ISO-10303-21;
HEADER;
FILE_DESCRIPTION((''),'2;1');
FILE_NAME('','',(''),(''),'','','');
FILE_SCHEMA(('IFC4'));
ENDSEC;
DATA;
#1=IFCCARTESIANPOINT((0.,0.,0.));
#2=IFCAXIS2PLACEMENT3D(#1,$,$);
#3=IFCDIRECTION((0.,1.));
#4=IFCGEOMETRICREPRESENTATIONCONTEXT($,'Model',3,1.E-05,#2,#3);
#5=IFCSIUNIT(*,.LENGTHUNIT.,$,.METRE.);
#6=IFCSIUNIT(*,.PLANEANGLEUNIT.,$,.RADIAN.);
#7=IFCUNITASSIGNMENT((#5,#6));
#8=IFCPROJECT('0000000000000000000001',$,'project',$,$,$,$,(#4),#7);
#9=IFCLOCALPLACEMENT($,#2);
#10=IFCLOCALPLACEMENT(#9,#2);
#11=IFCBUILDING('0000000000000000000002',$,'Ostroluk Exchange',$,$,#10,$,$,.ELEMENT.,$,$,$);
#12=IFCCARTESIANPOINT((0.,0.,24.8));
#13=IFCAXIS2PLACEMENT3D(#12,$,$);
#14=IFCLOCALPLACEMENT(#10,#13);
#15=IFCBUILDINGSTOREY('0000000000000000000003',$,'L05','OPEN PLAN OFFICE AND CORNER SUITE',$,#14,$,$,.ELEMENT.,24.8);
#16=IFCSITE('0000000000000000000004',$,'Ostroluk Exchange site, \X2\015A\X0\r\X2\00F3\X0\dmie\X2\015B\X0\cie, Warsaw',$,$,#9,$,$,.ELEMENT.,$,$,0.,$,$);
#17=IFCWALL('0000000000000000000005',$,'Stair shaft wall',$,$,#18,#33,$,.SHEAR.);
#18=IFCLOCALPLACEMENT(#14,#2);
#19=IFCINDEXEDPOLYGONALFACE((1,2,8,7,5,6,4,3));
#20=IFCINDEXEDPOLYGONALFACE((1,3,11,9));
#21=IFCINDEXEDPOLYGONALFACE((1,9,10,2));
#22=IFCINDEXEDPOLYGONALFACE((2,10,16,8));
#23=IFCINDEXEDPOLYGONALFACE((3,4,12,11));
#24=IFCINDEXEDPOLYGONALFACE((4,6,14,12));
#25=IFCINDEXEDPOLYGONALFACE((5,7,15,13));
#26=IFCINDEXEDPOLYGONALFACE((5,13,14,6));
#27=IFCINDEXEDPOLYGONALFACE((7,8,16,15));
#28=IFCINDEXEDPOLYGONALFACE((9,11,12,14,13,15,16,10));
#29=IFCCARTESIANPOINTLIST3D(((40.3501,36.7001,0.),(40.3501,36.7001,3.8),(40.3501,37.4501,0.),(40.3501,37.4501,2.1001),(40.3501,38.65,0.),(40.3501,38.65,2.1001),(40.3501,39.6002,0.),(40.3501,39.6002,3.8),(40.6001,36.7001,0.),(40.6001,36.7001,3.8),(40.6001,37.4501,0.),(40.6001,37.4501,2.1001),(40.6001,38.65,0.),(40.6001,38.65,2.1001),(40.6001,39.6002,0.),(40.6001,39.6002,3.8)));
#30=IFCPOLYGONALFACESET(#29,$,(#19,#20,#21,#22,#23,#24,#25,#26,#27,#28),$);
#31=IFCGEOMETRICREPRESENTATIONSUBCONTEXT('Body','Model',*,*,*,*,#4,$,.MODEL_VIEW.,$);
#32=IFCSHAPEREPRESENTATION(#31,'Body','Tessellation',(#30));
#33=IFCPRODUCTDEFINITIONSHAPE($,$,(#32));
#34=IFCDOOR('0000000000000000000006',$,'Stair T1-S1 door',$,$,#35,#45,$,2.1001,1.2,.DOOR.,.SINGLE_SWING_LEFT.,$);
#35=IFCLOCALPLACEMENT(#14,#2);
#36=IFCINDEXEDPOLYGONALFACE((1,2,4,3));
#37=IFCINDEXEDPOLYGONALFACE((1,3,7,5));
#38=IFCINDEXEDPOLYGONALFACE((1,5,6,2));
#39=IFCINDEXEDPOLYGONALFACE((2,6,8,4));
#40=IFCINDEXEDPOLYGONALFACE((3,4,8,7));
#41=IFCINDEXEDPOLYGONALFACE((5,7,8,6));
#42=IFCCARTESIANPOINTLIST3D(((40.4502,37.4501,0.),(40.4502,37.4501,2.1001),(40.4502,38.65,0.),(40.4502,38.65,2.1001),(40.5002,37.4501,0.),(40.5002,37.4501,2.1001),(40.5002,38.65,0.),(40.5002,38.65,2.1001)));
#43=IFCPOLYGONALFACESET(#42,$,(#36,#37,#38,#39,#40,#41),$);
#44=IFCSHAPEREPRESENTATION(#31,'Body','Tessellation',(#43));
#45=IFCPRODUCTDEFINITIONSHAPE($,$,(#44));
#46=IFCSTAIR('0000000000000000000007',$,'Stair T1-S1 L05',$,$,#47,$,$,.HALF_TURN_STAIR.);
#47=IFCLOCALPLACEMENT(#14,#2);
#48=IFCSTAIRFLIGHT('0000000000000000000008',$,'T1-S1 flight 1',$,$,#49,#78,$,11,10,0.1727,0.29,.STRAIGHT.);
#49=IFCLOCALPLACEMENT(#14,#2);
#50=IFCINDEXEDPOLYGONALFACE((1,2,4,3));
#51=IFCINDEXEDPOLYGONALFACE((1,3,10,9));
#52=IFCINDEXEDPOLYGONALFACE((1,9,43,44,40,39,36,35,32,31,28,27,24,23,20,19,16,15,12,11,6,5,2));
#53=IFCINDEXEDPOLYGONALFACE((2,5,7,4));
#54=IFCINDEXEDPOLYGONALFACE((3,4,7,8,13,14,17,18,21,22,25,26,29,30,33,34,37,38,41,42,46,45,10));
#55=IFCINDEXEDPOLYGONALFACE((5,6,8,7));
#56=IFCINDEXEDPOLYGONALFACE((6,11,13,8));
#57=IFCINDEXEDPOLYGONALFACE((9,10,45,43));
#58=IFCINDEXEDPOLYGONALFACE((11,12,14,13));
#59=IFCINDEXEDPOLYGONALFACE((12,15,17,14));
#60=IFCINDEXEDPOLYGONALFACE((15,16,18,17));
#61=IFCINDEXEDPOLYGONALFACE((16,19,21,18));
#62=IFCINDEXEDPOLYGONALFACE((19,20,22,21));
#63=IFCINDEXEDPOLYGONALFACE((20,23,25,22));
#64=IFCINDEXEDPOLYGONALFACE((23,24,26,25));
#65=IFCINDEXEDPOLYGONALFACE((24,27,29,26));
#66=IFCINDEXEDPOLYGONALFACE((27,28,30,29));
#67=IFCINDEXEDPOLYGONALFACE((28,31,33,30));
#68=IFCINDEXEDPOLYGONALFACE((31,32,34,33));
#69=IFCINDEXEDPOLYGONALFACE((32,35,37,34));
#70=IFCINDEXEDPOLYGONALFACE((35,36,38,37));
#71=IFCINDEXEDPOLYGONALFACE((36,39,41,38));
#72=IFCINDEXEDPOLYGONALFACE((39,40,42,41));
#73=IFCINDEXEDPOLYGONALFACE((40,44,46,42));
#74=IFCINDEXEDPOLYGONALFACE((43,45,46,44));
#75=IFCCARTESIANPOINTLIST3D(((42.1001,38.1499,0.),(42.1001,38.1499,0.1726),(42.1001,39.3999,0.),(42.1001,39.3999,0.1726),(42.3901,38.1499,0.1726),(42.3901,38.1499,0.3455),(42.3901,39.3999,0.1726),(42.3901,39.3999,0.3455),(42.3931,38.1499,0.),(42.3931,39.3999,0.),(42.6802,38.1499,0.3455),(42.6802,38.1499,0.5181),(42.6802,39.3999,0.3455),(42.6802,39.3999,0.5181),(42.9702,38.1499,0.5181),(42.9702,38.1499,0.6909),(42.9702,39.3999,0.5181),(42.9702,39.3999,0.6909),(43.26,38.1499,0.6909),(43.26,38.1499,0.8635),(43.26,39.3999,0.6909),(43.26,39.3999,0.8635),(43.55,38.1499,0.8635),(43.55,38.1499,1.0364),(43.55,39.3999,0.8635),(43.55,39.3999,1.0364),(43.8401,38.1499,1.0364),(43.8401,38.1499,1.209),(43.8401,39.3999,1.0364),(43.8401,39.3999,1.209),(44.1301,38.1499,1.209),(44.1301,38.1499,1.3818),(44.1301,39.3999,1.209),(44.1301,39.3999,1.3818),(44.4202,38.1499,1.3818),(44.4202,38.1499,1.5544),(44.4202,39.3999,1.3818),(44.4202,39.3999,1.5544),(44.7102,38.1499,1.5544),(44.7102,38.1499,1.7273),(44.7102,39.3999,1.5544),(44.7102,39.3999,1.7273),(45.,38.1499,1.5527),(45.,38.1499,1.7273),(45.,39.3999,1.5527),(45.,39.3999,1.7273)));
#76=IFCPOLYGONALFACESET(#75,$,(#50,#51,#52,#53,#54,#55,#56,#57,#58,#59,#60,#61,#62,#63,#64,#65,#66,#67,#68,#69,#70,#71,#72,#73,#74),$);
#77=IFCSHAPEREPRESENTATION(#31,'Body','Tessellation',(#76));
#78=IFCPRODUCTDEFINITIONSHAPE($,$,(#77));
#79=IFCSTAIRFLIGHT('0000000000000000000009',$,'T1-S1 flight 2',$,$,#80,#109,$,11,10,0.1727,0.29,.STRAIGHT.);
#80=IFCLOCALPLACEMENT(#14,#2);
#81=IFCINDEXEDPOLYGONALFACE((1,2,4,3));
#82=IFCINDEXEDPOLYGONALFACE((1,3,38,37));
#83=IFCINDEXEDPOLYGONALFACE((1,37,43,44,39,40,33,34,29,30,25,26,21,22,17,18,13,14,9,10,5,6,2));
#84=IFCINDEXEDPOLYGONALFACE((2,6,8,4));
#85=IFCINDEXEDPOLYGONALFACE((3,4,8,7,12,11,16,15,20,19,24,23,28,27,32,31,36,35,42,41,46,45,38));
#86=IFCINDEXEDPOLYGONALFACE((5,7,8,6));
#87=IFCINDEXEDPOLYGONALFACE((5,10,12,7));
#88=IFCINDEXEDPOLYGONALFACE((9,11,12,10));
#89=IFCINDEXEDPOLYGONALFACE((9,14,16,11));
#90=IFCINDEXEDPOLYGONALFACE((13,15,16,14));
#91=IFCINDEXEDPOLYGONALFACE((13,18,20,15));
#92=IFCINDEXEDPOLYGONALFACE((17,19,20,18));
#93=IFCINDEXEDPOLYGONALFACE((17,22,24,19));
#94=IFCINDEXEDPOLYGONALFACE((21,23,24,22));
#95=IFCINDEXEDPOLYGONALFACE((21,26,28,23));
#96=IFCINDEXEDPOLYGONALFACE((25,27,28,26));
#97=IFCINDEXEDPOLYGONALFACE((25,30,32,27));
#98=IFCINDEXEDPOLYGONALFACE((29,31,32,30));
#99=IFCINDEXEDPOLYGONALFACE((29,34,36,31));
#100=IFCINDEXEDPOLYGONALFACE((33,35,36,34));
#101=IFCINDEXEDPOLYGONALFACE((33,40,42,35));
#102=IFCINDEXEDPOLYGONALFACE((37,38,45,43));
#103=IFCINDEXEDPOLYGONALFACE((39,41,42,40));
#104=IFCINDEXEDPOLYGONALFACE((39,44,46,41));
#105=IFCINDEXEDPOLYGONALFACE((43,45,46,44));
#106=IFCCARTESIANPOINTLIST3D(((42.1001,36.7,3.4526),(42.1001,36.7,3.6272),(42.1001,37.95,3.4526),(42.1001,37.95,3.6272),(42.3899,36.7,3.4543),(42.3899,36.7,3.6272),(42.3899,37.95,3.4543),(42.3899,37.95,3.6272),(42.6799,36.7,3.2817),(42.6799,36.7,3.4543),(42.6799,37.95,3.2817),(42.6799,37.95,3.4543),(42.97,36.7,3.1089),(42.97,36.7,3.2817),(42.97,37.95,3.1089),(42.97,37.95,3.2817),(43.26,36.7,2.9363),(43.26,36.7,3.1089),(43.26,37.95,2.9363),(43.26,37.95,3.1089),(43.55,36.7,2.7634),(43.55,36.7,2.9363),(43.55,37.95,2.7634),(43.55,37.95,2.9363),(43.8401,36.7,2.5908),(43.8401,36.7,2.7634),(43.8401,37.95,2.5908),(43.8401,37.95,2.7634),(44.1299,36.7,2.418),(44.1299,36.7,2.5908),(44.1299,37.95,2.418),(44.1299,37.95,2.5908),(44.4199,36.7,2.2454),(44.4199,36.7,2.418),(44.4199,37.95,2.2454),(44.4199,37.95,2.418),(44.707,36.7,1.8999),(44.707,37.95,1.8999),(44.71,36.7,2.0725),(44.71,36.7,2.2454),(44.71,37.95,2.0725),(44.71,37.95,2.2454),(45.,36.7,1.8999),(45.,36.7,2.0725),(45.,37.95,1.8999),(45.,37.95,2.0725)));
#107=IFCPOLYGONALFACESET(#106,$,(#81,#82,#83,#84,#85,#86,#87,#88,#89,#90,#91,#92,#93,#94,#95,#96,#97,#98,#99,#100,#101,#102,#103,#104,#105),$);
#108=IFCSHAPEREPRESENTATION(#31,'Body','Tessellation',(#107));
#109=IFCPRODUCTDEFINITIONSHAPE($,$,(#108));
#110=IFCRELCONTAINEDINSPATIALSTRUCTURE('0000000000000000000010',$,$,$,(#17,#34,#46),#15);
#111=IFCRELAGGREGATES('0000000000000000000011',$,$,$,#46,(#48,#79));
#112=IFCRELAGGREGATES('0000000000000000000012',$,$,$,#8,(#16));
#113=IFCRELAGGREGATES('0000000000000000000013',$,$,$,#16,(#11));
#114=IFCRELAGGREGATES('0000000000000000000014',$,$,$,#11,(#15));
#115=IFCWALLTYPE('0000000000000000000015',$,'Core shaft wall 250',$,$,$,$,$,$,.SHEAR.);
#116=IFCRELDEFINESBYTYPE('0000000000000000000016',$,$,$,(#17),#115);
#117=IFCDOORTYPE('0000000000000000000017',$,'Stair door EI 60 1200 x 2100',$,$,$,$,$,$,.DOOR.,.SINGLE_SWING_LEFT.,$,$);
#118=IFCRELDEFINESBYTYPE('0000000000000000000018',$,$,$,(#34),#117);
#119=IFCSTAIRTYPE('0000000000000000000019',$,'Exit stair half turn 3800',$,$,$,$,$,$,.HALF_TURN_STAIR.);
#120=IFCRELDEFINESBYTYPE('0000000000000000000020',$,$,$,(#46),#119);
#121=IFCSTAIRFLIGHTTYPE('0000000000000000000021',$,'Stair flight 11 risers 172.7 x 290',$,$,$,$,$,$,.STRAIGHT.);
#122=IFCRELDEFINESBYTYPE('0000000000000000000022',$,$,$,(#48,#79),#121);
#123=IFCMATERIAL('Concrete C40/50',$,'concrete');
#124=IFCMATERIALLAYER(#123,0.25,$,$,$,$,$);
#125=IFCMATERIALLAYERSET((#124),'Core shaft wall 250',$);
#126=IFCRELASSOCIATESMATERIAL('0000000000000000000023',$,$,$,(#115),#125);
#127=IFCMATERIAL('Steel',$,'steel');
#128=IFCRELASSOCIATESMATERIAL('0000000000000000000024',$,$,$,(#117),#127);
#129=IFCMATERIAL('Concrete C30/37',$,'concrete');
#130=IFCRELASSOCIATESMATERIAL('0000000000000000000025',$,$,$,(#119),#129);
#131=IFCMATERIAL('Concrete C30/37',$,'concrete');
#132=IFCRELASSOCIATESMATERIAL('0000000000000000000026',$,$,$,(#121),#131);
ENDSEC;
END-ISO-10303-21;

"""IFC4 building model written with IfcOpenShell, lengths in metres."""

from ifc_helpers import new_model, si_unit, direction, frame, frame_2d, origin, place, context, subcontext, project, spatial, polyline, rectangle, outline, extrude, material, layer, layer_set, type_object, element, fill, aggregate, save


model = new_model("IFC4")

# Units and contexts
model_context = context("Model", 3, precision=1e-05, world=origin(), true_north=direction((0.0, 1.0)))
body_context = subcontext(model_context, "Body", "Model", "MODEL_VIEW")
ifc_project = project(units=[si_unit("LENGTHUNIT", "METRE"), si_unit("PLANEANGLEUNIT", "RADIAN")], contexts=[model_context])

# Site, building, storey
site_placement = place(None, origin())
site = spatial("IfcSite", under=ifc_project, at=site_placement, Name="Ostroluk Exchange site, Śródmieście, Warsaw", CompositionType="ELEMENT", RefElevation=0.0)
building_placement = place(site_placement, origin())
building = spatial("IfcBuilding", under=site, at=building_placement, Name="Ostroluk Exchange", CompositionType="ELEMENT")
storey_placement = place(building_placement, frame((0.0, 0.0, 24.8)))
storey = spatial("IfcBuildingStorey", under=building, at=storey_placement, Name="L05", Description="OPEN PLAN OFFICE AND CORNER SUITE", CompositionType="ELEMENT", Elevation=24.8)

# Wall, opening, door
ifc_material_1 = material(Name="Concrete C40/50", Category="concrete")
ifc_layer_1 = layer(ifc_material_1, 0.25)
ifc_layer_set_1 = layer_set([ifc_layer_1], Name="Core shaft wall 250")
wall_type_1 = type_object("IfcWallType", Name="Core shaft wall 250", PredefinedType="SHEAR", material=ifc_layer_set_1)
wall_1_placement = place(storey_placement, frame((40.4751, 36.7, 0.0), z_axis=(0.0, 0.0, 1.0), x_axis=(0.0, 1.0, 0.0)))
wall_1 = element("IfcWall", 1, at=wall_1_placement, inside=storey, type_object=wall_type_1, Name="Stair shaft wall", PredefinedType="SHEAR", context=body_context, shape_type="SweptSolid", body=[
    extrude(rectangle(XDim=2.9001, YDim=0.25, at=frame_2d((1.4502, 0.0))), origin(), (0.0, 0.0, 1.0), 3.8),
])
opening_1_placement = place(wall_1_placement, frame((0.75, 0.0, 0.0)))
opening_1 = element("IfcOpeningElement", 2, at=opening_1_placement, cuts=wall_1, PredefinedType="OPENING", context=body_context, shape_type="SweptSolid", body=[
    extrude(rectangle(XDim=1.2, YDim=2.1001, at=frame_2d((0.6001, 1.05))), frame((0.0, 0.135, 0.0), z_axis=(0.0, -1.0, 0.0), x_axis=(1.0, 0.0, 0.0)), (0.0, 0.0, 1.0), 0.27),
])
ifc_material_2 = material(Name="Steel", Category="steel")
door_type_1 = type_object("IfcDoorType", Name="Stair door EI 60 1200 x 2100", OperationType="SINGLE_SWING_LEFT", PredefinedType="DOOR", material=ifc_material_2)
door_1_placement = place(opening_1_placement, origin())
door_1 = element("IfcDoor", 3, at=door_1_placement, inside=storey, type_object=door_type_1, Name="Stair T1-S1 door", OperationType="SINGLE_SWING_LEFT", OverallHeight=2.1001, OverallWidth=1.2, PredefinedType="DOOR", context=body_context, shape_type="SweptSolid", body=[
    extrude(rectangle(XDim=1.2, YDim=2.1001, at=frame_2d((0.6001, 1.05))), frame((0.0, 0.0249, 0.0), z_axis=(0.0, -1.0, 0.0), x_axis=(1.0, 0.0, 0.0)), (0.0, 0.0, 1.0), 0.05),
])
fill(opening_1, door_1)

# Stair, stair flights
ifc_material_3 = material(Name="Concrete C30/37", Category="concrete")
stair_type = type_object("IfcStairType", Name="Exit stair half turn 3800", PredefinedType="HALF_TURN_STAIR", material=ifc_material_3)
stair_placement = place(storey_placement, origin())
stair = element("IfcStair", 4, at=stair_placement, inside=storey, type_object=stair_type, Name="Stair T1-S1 L05", PredefinedType="HALF_TURN_STAIR")
ifc_material_4 = material(Name="Concrete C30/37", Category="concrete")
stair_flight_type = type_object("IfcStairFlightType", Name="Stair flight 11 risers 172.7 x 290", PredefinedType="STRAIGHT", material=ifc_material_4)
stair_flight_1_placement = place(storey_placement, frame((42.1001, 38.7749, 0.0), z_axis=(0.0, 0.0, 1.0), x_axis=(1.0, 0.0, 0.0)))
stair_flight_1 = element("IfcStairFlight", 5, at=stair_flight_1_placement, type_object=stair_flight_type, Name="T1-S1 flight 1", NumberOfRisers=11, NumberOfTreads=10, PredefinedType="STRAIGHT", RiserHeight=0.1727, TreadLength=0.29, context=body_context, shape_type="SweptSolid", body=[
    extrude(outline(polyline([(0.0, 0.0), (0.0, 0.1726), (0.29, 0.1726), (0.29, 0.3455), (0.5801, 0.3455), (0.5801, 0.5181), (0.8701, 0.5181), (0.8701, 0.6909), (1.1599, 0.6909), (1.1599, 0.8635), (1.45, 0.8635), (1.45, 1.0364), (1.74, 1.0364), (1.74, 1.209), (2.03, 1.209), (2.03, 1.3818), (2.3201, 1.3818), (2.3201, 1.5544), (2.6101, 1.5544), (2.6101, 1.7273), (2.8999, 1.7273), (2.8999, 1.8999), (2.8999, 1.5527), (0.293, 0.0), (0.0, 0.0)])), frame((0.0, 0.625, 0.0), z_axis=(0.0, -1.0, 0.0), x_axis=(1.0, 0.0, 0.0)), (0.0, 0.0, 1.0), 1.25),
])
stair_flight_2_placement = place(storey_placement, frame((45.0, 37.325, 1.8999), z_axis=(0.0, 0.0, 1.0), x_axis=(-1.0, 0.0, 0.0)))
stair_flight_2 = element("IfcStairFlight", 6, at=stair_flight_2_placement, type_object=stair_flight_type, Name="T1-S1 flight 2", NumberOfRisers=11, NumberOfTreads=10, PredefinedType="STRAIGHT", RiserHeight=0.1727, TreadLength=0.29, context=body_context, shape_type="SweptSolid", body=[
    extrude(outline(polyline([(0.0, 0.0), (0.0, 0.1726), (0.29, 0.1726), (0.29, 0.3455), (0.5801, 0.3455), (0.5801, 0.5181), (0.8701, 0.5181), (0.8701, 0.6909), (1.1599, 0.6909), (1.1599, 0.8635), (1.45, 0.8635), (1.45, 1.0364), (1.74, 1.0364), (1.74, 1.209), (2.03, 1.209), (2.03, 1.3818), (2.3201, 1.3818), (2.3201, 1.5544), (2.6101, 1.5544), (2.6101, 1.7273), (2.8999, 1.7273), (2.8999, 1.8999), (2.8999, 1.5527), (0.293, 0.0), (0.0, 0.0)])), frame((0.0, 0.625, 0.0), z_axis=(0.0, -1.0, 0.0), x_axis=(1.0, 0.0, 0.0)), (0.0, 0.0, 1.0), 1.25),
])
aggregate(stair, [stair_flight_1, stair_flight_2])

save(model, "model.ifc")
